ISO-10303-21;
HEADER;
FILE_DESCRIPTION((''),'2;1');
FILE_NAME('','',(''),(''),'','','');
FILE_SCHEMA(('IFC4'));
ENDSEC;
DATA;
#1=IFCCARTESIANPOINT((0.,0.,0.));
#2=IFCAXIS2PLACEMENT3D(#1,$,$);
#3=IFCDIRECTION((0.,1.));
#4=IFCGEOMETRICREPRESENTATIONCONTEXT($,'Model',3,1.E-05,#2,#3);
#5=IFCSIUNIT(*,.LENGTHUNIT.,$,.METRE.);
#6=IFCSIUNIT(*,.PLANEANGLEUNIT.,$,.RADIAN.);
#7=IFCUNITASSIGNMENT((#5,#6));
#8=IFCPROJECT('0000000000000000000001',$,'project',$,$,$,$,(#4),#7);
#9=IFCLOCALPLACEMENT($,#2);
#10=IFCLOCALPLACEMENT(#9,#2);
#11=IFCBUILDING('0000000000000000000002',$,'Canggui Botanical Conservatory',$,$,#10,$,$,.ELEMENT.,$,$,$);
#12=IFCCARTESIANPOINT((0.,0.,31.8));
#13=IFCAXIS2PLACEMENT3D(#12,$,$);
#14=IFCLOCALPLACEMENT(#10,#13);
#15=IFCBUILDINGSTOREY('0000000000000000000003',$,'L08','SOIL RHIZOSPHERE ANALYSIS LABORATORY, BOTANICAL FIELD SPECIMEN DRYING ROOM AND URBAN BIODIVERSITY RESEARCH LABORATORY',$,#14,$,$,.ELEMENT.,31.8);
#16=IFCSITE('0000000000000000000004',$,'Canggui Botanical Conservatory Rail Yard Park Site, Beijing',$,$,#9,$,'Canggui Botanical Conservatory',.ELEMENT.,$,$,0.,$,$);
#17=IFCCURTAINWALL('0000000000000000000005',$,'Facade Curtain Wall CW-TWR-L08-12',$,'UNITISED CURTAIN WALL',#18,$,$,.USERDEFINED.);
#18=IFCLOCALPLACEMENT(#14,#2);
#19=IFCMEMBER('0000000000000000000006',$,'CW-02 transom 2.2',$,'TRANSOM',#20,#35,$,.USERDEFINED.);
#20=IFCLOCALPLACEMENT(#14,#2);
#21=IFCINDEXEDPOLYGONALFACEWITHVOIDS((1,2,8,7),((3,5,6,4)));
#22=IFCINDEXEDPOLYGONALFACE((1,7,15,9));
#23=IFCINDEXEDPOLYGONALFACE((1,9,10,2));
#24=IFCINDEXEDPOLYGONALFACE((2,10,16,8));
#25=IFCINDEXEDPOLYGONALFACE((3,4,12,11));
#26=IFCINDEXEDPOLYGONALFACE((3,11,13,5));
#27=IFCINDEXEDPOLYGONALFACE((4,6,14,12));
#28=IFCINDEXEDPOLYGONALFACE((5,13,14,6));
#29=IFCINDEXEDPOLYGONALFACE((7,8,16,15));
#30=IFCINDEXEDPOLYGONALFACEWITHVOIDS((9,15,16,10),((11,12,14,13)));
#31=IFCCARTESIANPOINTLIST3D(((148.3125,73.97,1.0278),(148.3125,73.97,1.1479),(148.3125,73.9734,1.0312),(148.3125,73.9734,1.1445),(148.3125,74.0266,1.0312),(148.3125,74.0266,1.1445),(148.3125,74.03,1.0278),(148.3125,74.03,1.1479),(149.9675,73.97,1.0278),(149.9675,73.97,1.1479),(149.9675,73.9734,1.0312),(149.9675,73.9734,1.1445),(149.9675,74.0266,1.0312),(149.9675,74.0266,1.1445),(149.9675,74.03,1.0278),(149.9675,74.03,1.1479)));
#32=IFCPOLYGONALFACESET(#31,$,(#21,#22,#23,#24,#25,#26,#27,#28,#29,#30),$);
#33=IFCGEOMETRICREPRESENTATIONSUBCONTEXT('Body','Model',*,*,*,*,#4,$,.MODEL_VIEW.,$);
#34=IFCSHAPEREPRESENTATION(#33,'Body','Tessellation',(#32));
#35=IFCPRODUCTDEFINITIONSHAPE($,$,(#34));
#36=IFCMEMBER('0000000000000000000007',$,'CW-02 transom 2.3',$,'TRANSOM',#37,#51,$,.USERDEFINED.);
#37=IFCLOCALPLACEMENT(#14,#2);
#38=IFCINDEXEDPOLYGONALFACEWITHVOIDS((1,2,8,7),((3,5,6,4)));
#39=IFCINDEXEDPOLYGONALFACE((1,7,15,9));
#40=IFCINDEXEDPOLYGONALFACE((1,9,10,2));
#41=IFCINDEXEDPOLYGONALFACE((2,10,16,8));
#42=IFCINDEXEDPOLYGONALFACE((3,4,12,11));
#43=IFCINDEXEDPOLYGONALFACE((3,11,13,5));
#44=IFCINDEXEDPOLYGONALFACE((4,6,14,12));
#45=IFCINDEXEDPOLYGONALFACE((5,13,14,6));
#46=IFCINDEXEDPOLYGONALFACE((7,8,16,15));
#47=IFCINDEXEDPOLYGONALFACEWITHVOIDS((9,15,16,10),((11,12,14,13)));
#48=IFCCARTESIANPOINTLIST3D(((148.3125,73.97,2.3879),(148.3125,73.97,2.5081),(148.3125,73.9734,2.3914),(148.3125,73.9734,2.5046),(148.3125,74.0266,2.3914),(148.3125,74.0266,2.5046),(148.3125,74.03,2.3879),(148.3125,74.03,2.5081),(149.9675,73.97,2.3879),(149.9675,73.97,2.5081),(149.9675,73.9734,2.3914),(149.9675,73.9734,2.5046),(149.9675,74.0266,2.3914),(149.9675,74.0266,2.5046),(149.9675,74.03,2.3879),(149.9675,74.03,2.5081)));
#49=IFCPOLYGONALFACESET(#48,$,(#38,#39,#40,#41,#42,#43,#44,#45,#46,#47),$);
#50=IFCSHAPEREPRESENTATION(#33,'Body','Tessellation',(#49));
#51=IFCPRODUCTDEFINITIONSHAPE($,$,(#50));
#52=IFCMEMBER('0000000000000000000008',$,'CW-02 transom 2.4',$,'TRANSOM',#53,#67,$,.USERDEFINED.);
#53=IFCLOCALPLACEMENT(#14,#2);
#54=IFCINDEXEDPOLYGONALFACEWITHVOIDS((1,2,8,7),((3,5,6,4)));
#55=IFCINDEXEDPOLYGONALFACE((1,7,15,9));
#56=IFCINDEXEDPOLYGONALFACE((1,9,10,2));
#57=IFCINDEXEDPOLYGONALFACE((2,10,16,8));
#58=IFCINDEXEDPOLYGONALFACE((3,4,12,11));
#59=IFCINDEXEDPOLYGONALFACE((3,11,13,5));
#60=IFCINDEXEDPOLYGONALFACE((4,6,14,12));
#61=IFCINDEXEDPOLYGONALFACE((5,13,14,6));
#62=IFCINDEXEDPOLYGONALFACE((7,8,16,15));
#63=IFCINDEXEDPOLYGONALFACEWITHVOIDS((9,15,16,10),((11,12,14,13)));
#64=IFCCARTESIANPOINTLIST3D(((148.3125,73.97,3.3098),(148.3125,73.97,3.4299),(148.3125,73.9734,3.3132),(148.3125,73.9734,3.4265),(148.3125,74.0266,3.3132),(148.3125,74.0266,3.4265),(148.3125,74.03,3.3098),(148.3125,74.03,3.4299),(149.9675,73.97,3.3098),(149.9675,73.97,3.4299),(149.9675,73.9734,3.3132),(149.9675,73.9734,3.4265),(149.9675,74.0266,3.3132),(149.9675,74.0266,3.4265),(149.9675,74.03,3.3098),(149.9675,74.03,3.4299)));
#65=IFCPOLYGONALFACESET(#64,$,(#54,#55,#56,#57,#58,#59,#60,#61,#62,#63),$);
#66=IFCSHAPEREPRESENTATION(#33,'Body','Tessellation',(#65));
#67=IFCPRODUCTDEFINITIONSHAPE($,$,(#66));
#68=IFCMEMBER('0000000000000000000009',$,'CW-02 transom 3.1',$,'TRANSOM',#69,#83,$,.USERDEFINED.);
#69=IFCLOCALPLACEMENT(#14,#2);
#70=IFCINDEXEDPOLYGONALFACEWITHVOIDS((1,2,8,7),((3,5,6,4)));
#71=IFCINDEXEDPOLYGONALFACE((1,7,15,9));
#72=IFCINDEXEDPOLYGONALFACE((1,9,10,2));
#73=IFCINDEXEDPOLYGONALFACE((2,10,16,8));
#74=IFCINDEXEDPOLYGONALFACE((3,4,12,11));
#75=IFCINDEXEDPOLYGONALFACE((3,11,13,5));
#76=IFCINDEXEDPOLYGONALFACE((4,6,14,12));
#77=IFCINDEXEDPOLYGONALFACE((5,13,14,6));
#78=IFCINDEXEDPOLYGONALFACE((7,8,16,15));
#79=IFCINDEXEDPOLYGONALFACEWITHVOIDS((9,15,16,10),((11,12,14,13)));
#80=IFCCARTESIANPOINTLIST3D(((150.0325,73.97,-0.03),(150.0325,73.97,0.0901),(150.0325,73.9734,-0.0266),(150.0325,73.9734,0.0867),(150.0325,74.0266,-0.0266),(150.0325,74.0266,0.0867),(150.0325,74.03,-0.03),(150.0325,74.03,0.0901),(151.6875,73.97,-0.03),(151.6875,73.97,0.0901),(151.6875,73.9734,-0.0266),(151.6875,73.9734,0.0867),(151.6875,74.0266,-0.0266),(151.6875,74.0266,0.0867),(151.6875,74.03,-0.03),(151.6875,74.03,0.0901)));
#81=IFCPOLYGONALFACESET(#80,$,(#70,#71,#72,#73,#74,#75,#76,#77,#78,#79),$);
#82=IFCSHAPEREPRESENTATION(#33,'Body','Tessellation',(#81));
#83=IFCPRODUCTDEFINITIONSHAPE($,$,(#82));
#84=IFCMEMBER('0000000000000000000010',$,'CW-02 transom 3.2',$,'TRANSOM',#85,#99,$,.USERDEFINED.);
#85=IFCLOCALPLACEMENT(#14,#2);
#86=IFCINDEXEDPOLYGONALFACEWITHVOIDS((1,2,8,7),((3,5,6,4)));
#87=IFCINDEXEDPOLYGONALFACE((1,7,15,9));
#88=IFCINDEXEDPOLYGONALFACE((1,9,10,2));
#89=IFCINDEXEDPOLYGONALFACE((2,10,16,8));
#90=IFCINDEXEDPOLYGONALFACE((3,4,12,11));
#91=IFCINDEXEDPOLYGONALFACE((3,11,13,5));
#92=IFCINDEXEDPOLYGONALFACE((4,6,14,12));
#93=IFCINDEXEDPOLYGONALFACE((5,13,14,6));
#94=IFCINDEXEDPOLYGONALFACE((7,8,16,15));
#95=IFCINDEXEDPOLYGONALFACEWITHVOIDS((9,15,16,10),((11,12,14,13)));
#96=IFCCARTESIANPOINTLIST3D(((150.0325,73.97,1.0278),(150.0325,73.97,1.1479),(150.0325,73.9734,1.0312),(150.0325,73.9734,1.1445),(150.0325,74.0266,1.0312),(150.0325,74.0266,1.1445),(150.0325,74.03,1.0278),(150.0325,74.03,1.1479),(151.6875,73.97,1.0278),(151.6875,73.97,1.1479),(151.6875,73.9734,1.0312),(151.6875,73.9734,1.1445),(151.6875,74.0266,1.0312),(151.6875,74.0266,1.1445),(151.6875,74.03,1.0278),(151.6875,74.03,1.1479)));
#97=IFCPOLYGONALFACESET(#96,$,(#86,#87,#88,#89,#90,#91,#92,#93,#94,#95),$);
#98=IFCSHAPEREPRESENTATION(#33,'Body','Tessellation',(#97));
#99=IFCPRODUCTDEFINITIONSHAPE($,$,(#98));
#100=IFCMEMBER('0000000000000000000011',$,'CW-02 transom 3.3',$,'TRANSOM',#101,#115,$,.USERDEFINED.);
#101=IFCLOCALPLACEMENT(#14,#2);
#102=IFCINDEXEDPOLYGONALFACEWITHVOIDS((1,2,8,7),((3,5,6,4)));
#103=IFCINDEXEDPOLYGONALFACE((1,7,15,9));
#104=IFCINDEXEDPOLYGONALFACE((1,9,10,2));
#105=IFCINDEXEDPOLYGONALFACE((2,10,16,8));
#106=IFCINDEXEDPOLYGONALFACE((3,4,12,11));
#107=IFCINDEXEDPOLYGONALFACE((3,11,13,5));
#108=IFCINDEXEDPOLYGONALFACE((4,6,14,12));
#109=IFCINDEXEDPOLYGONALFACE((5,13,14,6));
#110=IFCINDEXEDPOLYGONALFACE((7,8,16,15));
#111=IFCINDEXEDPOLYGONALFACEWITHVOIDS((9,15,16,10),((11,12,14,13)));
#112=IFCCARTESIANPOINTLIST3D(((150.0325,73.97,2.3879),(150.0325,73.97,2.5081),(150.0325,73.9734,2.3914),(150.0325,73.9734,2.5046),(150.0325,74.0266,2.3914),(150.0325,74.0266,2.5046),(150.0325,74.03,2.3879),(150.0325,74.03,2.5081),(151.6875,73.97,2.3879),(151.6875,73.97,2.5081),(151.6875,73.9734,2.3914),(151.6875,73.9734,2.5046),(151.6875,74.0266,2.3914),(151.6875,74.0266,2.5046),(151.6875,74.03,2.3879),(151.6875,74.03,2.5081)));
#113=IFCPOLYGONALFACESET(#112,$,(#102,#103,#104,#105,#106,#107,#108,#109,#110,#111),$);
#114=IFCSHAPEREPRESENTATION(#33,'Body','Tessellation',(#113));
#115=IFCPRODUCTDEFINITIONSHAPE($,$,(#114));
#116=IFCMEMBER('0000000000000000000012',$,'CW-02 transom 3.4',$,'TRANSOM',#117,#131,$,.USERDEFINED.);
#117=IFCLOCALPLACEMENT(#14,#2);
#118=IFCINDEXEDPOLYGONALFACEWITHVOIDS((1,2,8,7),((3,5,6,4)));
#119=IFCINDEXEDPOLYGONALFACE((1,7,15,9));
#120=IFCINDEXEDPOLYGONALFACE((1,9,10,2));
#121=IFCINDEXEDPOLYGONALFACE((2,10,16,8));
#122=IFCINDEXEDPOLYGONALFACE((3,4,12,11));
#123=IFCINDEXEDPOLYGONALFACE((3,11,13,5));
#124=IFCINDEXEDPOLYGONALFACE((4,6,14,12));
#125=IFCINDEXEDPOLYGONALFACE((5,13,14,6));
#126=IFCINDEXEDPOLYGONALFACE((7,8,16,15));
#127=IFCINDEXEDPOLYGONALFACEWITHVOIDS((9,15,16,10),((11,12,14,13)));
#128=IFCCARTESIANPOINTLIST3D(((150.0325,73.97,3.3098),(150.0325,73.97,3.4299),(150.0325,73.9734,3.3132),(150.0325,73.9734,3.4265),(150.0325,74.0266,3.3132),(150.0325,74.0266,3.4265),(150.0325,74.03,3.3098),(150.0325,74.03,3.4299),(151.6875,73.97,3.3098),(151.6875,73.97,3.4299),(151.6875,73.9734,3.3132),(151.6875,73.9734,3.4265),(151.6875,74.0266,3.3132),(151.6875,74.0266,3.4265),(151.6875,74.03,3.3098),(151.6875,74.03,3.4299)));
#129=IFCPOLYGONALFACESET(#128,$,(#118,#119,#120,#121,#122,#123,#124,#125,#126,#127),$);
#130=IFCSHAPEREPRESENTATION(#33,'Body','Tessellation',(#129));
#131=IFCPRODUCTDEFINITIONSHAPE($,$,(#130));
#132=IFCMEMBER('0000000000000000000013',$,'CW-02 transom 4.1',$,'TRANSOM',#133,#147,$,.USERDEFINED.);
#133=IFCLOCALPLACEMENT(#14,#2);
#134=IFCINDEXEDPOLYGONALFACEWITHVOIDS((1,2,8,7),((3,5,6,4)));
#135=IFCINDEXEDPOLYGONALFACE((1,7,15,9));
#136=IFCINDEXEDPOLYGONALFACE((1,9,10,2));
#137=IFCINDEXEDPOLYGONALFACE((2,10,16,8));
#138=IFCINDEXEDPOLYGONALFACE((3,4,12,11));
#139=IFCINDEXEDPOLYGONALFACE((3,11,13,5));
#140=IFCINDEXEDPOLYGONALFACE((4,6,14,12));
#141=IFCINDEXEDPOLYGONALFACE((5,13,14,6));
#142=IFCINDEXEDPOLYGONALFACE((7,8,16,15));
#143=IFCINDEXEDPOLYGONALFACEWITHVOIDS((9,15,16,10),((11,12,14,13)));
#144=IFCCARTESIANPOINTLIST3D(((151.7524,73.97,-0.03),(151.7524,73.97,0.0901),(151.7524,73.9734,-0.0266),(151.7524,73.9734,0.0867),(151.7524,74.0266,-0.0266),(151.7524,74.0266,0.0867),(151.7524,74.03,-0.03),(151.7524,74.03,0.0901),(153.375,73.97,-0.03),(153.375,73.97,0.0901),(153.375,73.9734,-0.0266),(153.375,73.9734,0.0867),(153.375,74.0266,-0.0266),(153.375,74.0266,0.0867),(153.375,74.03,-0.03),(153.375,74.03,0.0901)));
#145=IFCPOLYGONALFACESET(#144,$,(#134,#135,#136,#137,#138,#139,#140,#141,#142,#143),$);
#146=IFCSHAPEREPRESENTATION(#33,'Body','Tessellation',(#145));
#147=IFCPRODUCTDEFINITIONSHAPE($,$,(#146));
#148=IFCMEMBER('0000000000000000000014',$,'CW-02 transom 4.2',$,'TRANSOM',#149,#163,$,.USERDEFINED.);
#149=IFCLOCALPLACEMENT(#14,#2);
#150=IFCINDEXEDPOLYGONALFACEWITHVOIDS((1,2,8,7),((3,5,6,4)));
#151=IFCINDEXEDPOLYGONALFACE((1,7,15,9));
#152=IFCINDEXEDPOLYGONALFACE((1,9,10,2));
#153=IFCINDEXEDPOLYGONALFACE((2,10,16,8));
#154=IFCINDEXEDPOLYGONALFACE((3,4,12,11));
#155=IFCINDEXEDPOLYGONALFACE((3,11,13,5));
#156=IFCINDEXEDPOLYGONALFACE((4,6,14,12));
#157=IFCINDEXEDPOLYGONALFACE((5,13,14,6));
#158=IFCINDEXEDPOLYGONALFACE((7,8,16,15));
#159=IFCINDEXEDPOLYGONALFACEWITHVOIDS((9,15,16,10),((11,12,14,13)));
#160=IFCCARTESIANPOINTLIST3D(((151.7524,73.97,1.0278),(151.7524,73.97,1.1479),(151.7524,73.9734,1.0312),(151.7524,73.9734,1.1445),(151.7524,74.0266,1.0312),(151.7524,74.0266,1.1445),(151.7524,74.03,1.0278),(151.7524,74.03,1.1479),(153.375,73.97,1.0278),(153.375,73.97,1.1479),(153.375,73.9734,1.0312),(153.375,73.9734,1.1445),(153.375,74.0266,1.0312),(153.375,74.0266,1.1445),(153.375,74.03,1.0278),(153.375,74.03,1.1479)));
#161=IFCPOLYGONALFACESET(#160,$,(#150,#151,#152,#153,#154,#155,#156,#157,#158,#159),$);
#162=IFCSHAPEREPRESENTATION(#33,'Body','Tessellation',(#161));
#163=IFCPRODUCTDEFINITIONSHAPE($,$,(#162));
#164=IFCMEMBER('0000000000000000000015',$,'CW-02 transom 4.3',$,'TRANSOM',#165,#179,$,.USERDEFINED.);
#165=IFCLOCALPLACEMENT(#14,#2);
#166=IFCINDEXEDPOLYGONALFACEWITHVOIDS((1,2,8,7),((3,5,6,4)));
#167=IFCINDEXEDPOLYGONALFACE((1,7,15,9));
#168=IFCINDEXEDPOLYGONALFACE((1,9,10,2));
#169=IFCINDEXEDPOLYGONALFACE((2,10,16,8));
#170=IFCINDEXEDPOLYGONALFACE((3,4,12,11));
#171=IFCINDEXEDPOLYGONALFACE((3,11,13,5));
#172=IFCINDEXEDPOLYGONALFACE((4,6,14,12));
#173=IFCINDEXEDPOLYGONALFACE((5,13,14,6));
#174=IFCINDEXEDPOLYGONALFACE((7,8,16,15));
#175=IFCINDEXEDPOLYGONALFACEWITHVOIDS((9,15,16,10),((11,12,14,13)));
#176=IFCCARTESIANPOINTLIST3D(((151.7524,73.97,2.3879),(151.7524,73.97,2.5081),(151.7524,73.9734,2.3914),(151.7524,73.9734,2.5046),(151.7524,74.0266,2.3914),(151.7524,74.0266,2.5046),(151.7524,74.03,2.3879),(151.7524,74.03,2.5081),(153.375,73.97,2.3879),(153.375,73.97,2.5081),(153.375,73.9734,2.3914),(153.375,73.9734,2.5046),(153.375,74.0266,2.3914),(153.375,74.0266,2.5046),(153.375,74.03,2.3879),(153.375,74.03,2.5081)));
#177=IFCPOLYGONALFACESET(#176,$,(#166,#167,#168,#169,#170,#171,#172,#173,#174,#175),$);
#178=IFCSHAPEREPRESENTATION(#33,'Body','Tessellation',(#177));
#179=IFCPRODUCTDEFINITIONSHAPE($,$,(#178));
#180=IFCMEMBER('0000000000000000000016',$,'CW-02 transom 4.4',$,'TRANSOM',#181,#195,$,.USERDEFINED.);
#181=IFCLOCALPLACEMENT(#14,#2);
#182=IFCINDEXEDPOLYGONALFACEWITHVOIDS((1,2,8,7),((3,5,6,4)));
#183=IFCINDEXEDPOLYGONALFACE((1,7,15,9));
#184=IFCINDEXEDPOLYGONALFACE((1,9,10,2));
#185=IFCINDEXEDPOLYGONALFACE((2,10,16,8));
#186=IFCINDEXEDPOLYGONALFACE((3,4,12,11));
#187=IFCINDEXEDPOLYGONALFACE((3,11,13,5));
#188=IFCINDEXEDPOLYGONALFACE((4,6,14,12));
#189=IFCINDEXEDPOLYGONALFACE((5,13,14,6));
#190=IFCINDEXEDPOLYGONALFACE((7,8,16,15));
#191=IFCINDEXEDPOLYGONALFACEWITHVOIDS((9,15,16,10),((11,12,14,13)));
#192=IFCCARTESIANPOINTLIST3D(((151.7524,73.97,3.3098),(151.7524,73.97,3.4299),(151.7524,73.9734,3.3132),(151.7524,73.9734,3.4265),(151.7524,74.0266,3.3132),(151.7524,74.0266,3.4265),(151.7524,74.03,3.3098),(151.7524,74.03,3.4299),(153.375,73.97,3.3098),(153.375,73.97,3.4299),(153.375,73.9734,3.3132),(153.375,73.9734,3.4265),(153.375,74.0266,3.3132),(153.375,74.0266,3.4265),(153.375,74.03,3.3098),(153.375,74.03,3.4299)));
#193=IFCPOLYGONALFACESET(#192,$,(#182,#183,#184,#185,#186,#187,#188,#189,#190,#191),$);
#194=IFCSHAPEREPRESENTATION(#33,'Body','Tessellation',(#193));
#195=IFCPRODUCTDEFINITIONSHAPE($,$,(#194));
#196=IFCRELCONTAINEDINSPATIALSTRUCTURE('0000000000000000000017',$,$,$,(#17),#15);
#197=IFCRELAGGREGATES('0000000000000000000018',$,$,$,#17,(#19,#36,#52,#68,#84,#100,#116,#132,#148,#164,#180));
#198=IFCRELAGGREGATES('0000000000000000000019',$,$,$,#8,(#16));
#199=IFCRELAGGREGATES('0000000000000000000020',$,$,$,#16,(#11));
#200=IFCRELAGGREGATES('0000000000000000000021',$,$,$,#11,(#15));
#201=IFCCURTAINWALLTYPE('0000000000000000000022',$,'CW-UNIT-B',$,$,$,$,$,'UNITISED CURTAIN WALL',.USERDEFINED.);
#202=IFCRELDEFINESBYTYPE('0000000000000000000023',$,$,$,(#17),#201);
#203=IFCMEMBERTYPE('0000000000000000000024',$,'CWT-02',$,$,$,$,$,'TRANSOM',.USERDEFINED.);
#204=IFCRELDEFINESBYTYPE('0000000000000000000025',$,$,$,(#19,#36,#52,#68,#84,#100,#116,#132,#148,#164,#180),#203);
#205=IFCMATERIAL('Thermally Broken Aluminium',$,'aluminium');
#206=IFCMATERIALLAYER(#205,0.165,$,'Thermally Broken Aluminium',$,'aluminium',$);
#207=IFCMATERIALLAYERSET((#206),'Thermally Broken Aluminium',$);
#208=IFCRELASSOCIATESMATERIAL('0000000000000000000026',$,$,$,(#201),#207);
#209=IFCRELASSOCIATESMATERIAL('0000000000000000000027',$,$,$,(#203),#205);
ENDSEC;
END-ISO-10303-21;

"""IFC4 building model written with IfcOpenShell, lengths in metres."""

from ifc_helpers import new_model, si_unit, direction, frame, origin, origin_2d, place, context, subcontext, project, spatial, hollow_rectangle, extrude, material, layer, layer_set, material_profile, profile_set, type_object, element, aggregate, save


model = new_model("IFC4")

# Units and contexts
model_context = context("Model", 3, precision=1e-05, world=origin(), true_north=direction((0.0, 1.0)))
body_context = subcontext(model_context, "Body", "Model", "MODEL_VIEW")
ifc_project = project(units=[si_unit("LENGTHUNIT", "METRE"), si_unit("PLANEANGLEUNIT", "RADIAN")], contexts=[model_context])

# Site, building, storey
site_placement = place(None, origin())
site = spatial("IfcSite", under=ifc_project, at=site_placement, Name="Canggui Botanical Conservatory Rail Yard Park Site, Beijing", LongName="Canggui Botanical Conservatory", CompositionType="ELEMENT", RefElevation=0.0)
building_placement = place(site_placement, origin())
building = spatial("IfcBuilding", under=site, at=building_placement, Name="Canggui Botanical Conservatory", CompositionType="ELEMENT")
storey_placement = place(building_placement, frame((0.0, 0.0, 31.8)))
storey = spatial("IfcBuildingStorey", under=building, at=storey_placement, Name="L08", Description="SOIL RHIZOSPHERE ANALYSIS LABORATORY, BOTANICAL FIELD SPECIMEN DRYING ROOM AND URBAN BIODIVERSITY RESEARCH LABORATORY", CompositionType="ELEMENT", Elevation=31.8)

# Curtain wall, members
ifc_material_1 = material(Name="Thermally Broken Aluminium", Category="aluminium")
ifc_layer_1 = layer(ifc_material_1, 0.165, Name="Thermally Broken Aluminium", Category="aluminium")
ifc_layer_set_1 = layer_set([ifc_layer_1], Name="Thermally Broken Aluminium")
curtain_wall_type = type_object("IfcCurtainWallType", Name="CW-UNIT-B", ElementType="UNITISED CURTAIN WALL", PredefinedType="USERDEFINED", material=ifc_layer_set_1)
curtain_wall_placement = place(storey_placement, origin())
curtain_wall = element("IfcCurtainWall", 1, at=curtain_wall_placement, inside=storey, type_object=curtain_wall_type, Name="Facade Curtain Wall CW-TWR-L08-12", ObjectType="UNITISED CURTAIN WALL", PredefinedType="USERDEFINED")
ifc_material_profile_1 = material_profile(ifc_material_1, hollow_rectangle(XDim=0.0601, YDim=0.1201, WallThickness=0.0034, at=origin_2d()), Name="CWT 60x120x3.5")
ifc_profile_set_1 = profile_set([ifc_material_profile_1], Name="Thermally Broken Aluminium")
member_type_1 = type_object("IfcMemberType", Name="CWT-02", ElementType="TRANSOM", PredefinedType="USERDEFINED", material=ifc_profile_set_1)
member_1_placement = place(storey_placement, frame((148.3125, 74.0, 1.0879), z_axis=(1.0, 0.0, 0.0), x_axis=(0.0, 1.0, 0.0)))
member_1 = element("IfcMember", 2, at=member_1_placement, type_object=member_type_1, Name="CW-02 transom 2.2", ObjectType="TRANSOM", PredefinedType="USERDEFINED", context=body_context, shape_type="SweptSolid", body=[
    extrude(hollow_rectangle(XDim=0.0601, YDim=0.1201, WallThickness=0.0034, at=origin_2d()), origin(), (0.0, 0.0, 1.0), 1.655),
])
member_2_placement = place(storey_placement, frame((148.3125, 74.0, 2.448), z_axis=(1.0, 0.0, 0.0), x_axis=(0.0, 1.0, 0.0)))
member_2 = element("IfcMember", 3, at=member_2_placement, type_object=member_type_1, Name="CW-02 transom 2.3", ObjectType="TRANSOM", PredefinedType="USERDEFINED", context=body_context, shape_type="SweptSolid", body=[
    extrude(hollow_rectangle(XDim=0.0601, YDim=0.1201, WallThickness=0.0034, at=origin_2d()), origin(), (0.0, 0.0, 1.0), 1.655),
])
member_3_placement = place(storey_placement, frame((148.3125, 74.0, 3.3699), z_axis=(1.0, 0.0, 0.0), x_axis=(0.0, 1.0, 0.0)))
member_3 = element("IfcMember", 4, at=member_3_placement, type_object=member_type_1, Name="CW-02 transom 2.4", ObjectType="TRANSOM", PredefinedType="USERDEFINED", context=body_context, shape_type="SweptSolid", body=[
    extrude(hollow_rectangle(XDim=0.0601, YDim=0.1201, WallThickness=0.0034, at=origin_2d()), origin(), (0.0, 0.0, 1.0), 1.655),
])
member_4_placement = place(storey_placement, frame((150.0325, 74.0, 0.03), z_axis=(1.0, 0.0, 0.0), x_axis=(0.0, 1.0, 0.0)))
member_4 = element("IfcMember", 5, at=member_4_placement, type_object=member_type_1, Name="CW-02 transom 3.1", ObjectType="TRANSOM", PredefinedType="USERDEFINED", context=body_context, shape_type="SweptSolid", body=[
    extrude(hollow_rectangle(XDim=0.0601, YDim=0.1201, WallThickness=0.0034, at=origin_2d()), origin(), (0.0, 0.0, 1.0), 1.655),
])
member_5_placement = place(storey_placement, frame((150.0325, 74.0, 1.0879), z_axis=(1.0, 0.0, 0.0), x_axis=(0.0, 1.0, 0.0)))
member_5 = element("IfcMember", 6, at=member_5_placement, type_object=member_type_1, Name="CW-02 transom 3.2", ObjectType="TRANSOM", PredefinedType="USERDEFINED", context=body_context, shape_type="SweptSolid", body=[
    extrude(hollow_rectangle(XDim=0.0601, YDim=0.1201, WallThickness=0.0034, at=origin_2d()), origin(), (0.0, 0.0, 1.0), 1.655),
])
member_6_placement = place(storey_placement, frame((150.0325, 74.0, 2.448), z_axis=(1.0, 0.0, 0.0), x_axis=(0.0, 1.0, 0.0)))
member_6 = element("IfcMember", 7, at=member_6_placement, type_object=member_type_1, Name="CW-02 transom 3.3", ObjectType="TRANSOM", PredefinedType="USERDEFINED", context=body_context, shape_type="SweptSolid", body=[
    extrude(hollow_rectangle(XDim=0.0601, YDim=0.1201, WallThickness=0.0034, at=origin_2d()), origin(), (0.0, 0.0, 1.0), 1.655),
])
member_7_placement = place(storey_placement, frame((150.0325, 74.0, 3.3699), z_axis=(1.0, 0.0, 0.0), x_axis=(0.0, 1.0, 0.0)))
member_7 = element("IfcMember", 8, at=member_7_placement, type_object=member_type_1, Name="CW-02 transom 3.4", ObjectType="TRANSOM", PredefinedType="USERDEFINED", context=body_context, shape_type="SweptSolid", body=[
    extrude(hollow_rectangle(XDim=0.0601, YDim=0.1201, WallThickness=0.0034, at=origin_2d()), origin(), (0.0, 0.0, 1.0), 1.655),
])
member_8_placement = place(storey_placement, frame((151.7524, 74.0, 0.03), z_axis=(1.0, 0.0, 0.0), x_axis=(0.0, 1.0, 0.0)))
member_8 = element("IfcMember", 9, at=member_8_placement, type_object=member_type_1, Name="CW-02 transom 4.1", ObjectType="TRANSOM", PredefinedType="USERDEFINED", context=body_context, shape_type="SweptSolid", body=[
    extrude(hollow_rectangle(XDim=0.0601, YDim=0.1201, WallThickness=0.0034, at=origin_2d()), origin(), (0.0, 0.0, 1.0), 1.6226),
])
member_9_placement = place(storey_placement, frame((151.7524, 74.0, 1.0879), z_axis=(1.0, 0.0, 0.0), x_axis=(0.0, 1.0, 0.0)))
member_9 = element("IfcMember", 10, at=member_9_placement, type_object=member_type_1, Name="CW-02 transom 4.2", ObjectType="TRANSOM", PredefinedType="USERDEFINED", context=body_context, shape_type="SweptSolid", body=[
    extrude(hollow_rectangle(XDim=0.0601, YDim=0.1201, WallThickness=0.0034, at=origin_2d()), origin(), (0.0, 0.0, 1.0), 1.6226),
])
member_10_placement = place(storey_placement, frame((151.7524, 74.0, 2.448), z_axis=(1.0, 0.0, 0.0), x_axis=(0.0, 1.0, 0.0)))
member_10 = element("IfcMember", 11, at=member_10_placement, type_object=member_type_1, Name="CW-02 transom 4.3", ObjectType="TRANSOM", PredefinedType="USERDEFINED", context=body_context, shape_type="SweptSolid", body=[
    extrude(hollow_rectangle(XDim=0.0601, YDim=0.1201, WallThickness=0.0034, at=origin_2d()), origin(), (0.0, 0.0, 1.0), 1.6226),
])
member_11_placement = place(storey_placement, frame((151.7524, 74.0, 3.3699), z_axis=(1.0, 0.0, 0.0), x_axis=(0.0, 1.0, 0.0)))
member_11 = element("IfcMember", 12, at=member_11_placement, type_object=member_type_1, Name="CW-02 transom 4.4", ObjectType="TRANSOM", PredefinedType="USERDEFINED", context=body_context, shape_type="SweptSolid", body=[
    extrude(hollow_rectangle(XDim=0.0601, YDim=0.1201, WallThickness=0.0034, at=origin_2d()), origin(), (0.0, 0.0, 1.0), 1.6226),
])
aggregate(curtain_wall, [member_1, member_2, member_3, member_4, member_5, member_6, member_7, member_8, member_9, member_10, member_11])

save(model, "model.ifc")
